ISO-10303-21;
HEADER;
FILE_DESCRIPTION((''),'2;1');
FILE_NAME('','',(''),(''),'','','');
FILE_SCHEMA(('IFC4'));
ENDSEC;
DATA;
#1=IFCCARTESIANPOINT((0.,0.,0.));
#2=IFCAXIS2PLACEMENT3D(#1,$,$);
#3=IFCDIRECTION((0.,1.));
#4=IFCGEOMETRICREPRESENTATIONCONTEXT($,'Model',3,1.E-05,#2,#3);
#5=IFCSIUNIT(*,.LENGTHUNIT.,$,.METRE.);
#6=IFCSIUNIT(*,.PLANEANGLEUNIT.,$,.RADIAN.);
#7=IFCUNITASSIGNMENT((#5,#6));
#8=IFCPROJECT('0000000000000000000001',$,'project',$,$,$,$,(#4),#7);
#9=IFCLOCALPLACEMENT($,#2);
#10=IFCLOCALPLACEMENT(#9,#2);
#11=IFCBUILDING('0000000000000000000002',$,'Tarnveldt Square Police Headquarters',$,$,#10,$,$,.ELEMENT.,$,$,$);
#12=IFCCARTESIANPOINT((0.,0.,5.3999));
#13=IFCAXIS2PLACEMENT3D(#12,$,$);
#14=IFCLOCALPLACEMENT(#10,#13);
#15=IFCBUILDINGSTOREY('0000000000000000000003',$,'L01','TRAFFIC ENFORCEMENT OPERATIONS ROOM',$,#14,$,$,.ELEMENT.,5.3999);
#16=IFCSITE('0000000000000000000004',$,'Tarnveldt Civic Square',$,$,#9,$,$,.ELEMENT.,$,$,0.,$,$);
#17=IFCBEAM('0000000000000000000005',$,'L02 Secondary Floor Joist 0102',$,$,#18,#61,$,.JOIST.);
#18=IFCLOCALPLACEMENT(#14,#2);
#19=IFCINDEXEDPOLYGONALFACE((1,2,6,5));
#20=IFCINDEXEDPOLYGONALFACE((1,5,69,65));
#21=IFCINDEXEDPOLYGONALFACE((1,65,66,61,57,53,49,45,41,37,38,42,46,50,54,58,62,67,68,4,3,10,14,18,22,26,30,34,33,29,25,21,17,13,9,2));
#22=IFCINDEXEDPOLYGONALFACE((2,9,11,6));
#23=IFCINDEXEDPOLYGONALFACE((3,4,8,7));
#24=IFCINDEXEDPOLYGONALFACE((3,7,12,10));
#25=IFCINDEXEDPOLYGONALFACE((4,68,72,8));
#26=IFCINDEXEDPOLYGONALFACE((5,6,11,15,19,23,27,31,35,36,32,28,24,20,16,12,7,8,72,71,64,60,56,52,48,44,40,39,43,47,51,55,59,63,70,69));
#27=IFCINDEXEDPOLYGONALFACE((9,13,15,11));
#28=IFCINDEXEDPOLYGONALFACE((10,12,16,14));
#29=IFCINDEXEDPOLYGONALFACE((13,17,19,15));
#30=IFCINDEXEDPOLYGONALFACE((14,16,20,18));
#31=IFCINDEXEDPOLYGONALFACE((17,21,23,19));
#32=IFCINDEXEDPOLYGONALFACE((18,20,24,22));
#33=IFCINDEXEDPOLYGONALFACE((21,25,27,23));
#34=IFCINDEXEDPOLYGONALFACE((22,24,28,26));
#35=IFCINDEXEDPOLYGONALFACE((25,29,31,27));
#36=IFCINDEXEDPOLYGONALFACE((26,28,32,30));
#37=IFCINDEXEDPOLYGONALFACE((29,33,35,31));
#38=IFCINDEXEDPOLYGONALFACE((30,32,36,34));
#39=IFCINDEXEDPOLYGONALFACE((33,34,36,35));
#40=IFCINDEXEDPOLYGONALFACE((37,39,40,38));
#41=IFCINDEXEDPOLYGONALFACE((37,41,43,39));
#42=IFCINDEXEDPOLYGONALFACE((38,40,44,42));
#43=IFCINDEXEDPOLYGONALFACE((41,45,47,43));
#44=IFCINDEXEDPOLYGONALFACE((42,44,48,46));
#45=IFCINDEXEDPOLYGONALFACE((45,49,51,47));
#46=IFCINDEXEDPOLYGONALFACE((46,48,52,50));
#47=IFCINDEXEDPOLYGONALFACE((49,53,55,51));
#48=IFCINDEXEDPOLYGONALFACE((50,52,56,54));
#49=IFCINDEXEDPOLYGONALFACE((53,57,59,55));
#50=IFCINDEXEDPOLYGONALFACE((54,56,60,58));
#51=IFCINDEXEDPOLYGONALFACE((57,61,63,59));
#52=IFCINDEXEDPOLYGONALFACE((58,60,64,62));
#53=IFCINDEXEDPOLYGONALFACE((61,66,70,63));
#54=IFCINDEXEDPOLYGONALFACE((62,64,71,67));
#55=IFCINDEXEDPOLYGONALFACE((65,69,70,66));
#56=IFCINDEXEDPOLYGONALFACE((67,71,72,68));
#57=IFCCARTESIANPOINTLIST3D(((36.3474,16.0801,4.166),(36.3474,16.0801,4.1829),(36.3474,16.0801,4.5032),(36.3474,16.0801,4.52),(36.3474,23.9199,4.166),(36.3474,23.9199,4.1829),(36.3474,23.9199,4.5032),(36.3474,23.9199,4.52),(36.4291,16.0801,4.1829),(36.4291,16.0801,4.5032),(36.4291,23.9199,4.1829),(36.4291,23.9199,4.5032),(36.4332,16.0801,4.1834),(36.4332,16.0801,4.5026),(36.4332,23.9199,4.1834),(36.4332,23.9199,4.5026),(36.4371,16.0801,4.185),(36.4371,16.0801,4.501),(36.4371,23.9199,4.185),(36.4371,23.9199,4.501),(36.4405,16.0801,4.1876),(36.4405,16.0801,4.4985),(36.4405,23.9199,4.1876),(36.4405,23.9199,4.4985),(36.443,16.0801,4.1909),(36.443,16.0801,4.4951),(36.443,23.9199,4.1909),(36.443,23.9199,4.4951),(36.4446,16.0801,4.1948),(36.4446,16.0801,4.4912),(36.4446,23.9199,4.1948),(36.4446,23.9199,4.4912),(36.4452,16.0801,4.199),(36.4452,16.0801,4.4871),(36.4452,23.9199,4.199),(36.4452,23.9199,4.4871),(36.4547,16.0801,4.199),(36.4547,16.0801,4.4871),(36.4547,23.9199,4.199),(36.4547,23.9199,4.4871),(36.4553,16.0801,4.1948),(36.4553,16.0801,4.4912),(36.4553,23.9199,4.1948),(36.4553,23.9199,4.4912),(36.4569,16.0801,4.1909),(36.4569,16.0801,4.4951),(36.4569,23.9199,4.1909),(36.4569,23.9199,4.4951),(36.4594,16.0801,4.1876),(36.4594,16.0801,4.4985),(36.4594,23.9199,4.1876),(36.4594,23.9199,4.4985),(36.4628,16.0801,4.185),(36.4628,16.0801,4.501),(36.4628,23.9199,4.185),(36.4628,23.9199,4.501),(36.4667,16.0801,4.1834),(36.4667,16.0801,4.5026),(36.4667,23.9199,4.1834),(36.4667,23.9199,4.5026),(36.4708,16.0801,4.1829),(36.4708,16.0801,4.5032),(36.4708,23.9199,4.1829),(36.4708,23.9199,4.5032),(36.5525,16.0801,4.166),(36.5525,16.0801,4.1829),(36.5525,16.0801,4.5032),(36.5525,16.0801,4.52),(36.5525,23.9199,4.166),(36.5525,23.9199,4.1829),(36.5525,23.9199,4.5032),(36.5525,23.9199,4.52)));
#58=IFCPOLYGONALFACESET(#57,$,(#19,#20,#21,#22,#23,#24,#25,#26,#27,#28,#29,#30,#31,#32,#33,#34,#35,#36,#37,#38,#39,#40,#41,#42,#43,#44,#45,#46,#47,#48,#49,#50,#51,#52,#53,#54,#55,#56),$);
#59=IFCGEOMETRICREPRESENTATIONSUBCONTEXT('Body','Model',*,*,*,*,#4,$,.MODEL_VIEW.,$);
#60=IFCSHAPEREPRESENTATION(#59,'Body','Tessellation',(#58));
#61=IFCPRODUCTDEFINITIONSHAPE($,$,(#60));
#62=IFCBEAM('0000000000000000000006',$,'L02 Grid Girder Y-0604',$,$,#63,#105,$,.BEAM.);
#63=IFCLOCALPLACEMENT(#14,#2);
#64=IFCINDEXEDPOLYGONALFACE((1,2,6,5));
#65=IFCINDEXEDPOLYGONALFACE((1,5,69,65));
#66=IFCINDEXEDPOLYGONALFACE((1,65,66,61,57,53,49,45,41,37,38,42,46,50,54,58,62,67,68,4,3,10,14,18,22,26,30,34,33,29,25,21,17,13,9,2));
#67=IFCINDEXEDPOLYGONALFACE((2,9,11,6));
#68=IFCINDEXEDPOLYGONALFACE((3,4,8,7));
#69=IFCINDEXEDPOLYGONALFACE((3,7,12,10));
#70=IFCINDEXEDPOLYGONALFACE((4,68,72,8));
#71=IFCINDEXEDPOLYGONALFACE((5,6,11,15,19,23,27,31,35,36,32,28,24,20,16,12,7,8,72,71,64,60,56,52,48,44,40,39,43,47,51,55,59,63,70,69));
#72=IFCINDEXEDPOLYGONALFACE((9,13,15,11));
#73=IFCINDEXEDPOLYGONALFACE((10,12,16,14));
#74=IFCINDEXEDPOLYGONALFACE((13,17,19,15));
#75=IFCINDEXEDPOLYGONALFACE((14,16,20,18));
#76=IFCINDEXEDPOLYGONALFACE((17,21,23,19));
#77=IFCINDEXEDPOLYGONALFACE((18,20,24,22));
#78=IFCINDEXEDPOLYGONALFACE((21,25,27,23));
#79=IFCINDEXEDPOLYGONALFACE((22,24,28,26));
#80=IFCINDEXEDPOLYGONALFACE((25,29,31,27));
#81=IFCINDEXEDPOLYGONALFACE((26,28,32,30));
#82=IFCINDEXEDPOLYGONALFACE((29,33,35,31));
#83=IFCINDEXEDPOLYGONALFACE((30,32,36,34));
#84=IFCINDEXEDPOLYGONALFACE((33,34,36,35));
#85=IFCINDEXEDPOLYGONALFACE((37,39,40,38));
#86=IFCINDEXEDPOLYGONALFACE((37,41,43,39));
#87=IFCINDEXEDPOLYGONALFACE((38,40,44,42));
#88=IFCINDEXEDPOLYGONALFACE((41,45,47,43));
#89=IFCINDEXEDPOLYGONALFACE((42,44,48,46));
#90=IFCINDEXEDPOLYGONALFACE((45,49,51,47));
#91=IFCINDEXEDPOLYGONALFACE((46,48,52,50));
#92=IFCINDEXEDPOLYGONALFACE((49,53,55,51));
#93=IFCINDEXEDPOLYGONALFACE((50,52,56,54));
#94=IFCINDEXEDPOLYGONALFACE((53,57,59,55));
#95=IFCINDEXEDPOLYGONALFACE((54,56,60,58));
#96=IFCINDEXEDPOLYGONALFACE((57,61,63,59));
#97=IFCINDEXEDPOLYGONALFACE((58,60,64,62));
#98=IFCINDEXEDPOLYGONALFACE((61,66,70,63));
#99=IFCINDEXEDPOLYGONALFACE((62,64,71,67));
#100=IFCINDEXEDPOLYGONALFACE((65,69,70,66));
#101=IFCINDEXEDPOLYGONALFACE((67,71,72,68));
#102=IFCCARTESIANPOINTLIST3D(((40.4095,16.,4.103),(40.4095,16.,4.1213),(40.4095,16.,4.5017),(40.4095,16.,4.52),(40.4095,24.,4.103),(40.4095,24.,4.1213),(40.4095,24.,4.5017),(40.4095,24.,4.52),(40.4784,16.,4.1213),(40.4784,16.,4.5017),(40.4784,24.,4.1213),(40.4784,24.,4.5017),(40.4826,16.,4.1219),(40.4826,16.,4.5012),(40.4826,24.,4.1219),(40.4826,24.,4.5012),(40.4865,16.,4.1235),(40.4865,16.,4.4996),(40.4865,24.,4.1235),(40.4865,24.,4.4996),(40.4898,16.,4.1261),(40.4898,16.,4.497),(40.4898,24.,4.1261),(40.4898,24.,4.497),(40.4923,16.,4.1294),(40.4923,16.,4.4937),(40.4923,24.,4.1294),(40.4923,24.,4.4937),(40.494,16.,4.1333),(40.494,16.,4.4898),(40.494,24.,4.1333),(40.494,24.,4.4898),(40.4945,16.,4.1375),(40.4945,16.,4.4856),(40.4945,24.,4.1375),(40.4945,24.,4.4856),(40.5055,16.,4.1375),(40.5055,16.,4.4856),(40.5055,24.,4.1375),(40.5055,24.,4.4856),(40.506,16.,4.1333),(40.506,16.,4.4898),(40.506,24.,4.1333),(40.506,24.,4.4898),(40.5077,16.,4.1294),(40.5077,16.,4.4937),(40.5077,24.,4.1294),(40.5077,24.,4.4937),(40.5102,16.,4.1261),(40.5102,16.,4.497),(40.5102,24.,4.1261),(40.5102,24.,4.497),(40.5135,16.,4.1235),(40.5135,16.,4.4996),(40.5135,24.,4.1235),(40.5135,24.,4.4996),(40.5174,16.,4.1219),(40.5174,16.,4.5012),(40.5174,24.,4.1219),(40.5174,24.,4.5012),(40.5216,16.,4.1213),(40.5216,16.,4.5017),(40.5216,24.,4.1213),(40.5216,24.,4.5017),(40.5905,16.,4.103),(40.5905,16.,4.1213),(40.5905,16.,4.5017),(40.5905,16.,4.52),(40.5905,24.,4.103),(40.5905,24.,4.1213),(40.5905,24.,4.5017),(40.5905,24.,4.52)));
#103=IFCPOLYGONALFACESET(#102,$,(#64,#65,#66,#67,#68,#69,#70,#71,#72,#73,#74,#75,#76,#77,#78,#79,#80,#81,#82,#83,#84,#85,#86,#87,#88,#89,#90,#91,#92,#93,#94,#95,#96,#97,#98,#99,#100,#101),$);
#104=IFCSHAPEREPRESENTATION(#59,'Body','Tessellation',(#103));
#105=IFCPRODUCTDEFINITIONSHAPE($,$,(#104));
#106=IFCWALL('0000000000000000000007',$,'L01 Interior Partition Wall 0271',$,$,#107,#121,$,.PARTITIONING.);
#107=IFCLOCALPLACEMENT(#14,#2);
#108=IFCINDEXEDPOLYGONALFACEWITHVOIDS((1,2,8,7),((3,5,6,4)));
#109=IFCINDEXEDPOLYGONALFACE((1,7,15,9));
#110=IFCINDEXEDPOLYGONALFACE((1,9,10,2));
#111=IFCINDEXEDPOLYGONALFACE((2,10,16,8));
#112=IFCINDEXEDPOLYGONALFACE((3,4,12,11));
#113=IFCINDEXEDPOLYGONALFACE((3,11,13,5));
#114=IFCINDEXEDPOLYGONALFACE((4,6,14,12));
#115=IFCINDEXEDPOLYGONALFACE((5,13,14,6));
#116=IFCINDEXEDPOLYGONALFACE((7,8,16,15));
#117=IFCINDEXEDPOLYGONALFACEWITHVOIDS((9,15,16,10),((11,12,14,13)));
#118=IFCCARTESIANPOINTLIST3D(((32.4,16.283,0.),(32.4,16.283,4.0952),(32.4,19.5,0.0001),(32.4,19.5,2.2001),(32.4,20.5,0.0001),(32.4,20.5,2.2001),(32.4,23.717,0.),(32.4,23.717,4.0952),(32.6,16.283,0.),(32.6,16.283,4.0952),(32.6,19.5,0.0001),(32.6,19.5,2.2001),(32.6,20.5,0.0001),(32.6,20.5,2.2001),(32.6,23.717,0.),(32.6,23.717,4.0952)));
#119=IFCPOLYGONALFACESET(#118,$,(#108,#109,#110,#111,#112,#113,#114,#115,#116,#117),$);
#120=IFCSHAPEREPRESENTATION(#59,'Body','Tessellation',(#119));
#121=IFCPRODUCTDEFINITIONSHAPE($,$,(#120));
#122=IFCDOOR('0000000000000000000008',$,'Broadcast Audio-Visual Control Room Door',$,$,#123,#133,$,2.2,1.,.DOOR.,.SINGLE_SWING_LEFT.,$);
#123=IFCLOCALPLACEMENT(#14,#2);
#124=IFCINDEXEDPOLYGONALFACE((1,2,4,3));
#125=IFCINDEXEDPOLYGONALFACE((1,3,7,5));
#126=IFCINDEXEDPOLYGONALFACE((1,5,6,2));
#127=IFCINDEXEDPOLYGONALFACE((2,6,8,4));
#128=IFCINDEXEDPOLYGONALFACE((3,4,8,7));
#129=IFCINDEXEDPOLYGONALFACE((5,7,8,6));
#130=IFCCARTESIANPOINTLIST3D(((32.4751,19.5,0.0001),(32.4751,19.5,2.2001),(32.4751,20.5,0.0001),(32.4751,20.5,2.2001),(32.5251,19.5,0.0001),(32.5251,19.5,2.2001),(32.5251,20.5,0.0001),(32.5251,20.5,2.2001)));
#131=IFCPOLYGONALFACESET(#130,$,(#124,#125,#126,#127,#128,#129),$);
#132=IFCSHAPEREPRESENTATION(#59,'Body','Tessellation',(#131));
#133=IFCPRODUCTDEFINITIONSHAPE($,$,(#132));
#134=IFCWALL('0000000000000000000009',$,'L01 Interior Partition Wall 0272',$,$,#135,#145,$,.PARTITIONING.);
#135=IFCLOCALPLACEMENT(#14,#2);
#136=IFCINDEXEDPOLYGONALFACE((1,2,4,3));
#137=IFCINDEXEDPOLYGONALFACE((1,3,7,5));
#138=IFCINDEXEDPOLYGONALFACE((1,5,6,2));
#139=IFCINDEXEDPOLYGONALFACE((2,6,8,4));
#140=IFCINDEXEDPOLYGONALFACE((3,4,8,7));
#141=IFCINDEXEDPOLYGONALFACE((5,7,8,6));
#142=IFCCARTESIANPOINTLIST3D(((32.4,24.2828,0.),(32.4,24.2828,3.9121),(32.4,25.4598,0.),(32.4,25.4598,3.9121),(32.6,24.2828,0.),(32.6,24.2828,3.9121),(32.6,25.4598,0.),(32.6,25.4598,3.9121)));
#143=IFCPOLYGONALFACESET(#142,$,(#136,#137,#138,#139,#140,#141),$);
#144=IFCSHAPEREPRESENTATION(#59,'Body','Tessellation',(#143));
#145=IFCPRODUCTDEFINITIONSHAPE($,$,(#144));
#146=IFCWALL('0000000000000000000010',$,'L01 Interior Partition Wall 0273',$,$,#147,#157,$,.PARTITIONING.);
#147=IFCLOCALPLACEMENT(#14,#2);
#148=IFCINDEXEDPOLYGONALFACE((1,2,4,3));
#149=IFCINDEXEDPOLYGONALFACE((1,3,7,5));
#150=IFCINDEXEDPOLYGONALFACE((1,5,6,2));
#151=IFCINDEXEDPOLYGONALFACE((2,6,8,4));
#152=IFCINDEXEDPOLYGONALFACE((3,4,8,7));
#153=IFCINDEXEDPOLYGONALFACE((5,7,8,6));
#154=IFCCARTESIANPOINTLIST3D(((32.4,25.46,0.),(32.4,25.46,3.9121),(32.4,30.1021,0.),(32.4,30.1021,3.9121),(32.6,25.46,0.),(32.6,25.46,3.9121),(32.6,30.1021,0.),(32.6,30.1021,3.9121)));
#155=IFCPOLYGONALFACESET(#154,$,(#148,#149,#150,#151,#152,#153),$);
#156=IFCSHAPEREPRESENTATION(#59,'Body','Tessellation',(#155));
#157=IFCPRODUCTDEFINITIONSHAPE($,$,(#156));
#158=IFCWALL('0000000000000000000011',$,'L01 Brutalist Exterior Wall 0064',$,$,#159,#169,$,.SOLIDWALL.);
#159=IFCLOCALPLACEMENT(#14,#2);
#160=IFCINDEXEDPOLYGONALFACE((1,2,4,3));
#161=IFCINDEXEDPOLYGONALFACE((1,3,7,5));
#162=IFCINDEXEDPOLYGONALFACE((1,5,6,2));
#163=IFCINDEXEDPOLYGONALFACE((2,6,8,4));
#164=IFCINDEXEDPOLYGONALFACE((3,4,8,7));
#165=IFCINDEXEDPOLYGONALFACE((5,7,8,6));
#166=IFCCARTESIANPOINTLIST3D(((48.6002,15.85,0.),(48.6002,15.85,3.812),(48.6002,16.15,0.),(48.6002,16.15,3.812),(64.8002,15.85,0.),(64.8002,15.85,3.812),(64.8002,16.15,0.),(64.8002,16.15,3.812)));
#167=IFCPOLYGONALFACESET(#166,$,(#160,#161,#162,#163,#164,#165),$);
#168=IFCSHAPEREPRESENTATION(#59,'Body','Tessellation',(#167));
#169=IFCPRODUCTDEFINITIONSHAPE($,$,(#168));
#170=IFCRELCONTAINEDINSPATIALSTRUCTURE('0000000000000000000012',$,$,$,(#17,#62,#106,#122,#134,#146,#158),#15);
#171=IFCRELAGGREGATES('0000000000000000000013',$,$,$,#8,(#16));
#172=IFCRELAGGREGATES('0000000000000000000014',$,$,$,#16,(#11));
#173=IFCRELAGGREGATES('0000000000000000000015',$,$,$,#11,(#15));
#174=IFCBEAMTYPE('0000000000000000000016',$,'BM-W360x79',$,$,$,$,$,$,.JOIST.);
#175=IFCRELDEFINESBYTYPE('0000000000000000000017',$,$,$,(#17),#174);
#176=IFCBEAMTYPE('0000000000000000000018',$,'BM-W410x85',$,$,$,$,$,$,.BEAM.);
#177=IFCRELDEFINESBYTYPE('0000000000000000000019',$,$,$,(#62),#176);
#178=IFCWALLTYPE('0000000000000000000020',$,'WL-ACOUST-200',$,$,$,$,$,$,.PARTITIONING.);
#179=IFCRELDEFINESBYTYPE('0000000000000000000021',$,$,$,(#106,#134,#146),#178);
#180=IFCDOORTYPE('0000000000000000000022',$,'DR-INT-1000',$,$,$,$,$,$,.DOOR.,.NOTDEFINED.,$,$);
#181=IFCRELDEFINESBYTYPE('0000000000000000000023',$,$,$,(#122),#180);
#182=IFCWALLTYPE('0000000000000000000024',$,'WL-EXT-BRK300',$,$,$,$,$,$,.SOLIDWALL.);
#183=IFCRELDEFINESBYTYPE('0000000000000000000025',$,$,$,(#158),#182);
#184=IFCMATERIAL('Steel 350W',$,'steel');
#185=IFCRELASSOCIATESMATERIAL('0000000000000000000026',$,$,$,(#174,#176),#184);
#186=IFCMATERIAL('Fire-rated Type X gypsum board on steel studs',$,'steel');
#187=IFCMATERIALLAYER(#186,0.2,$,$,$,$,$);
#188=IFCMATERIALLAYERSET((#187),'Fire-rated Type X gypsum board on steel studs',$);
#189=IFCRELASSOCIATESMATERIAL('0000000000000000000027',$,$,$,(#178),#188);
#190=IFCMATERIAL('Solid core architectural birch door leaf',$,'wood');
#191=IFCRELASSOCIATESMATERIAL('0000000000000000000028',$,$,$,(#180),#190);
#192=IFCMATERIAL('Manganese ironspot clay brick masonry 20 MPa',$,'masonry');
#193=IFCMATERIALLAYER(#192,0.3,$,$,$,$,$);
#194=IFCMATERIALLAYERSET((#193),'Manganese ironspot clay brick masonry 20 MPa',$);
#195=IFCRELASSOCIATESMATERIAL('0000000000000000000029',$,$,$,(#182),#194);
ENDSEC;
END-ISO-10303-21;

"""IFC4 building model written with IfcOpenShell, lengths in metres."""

from ifc_helpers import new_model, si_unit, direction, frame, frame_2d, origin, origin_2d, place, context, subcontext, project, spatial, rectangle, i_section, extrude, material, layer, layer_set, material_profile, profile_set, type_object, element, fill, save


model = new_model("IFC4")

# Units and contexts
model_context = context("Model", 3, precision=1e-05, world=origin(), true_north=direction((0.0, 1.0)))
body_context = subcontext(model_context, "Body", "Model", "MODEL_VIEW")
ifc_project = project(units=[si_unit("LENGTHUNIT", "METRE"), si_unit("PLANEANGLEUNIT", "RADIAN")], contexts=[model_context])

# Site, building, storey
site_placement = place(None, origin())
site = spatial("IfcSite", under=ifc_project, at=site_placement, Name="Tarnveldt Civic Square", CompositionType="ELEMENT", RefElevation=0.0)
building_placement = place(site_placement, origin())
building = spatial("IfcBuilding", under=site, at=building_placement, Name="Tarnveldt Square Police Headquarters", CompositionType="ELEMENT")
storey_placement = place(building_placement, frame((0.0, 0.0, 5.3999)))
storey = spatial("IfcBuildingStorey", under=building, at=storey_placement, Name="L01", Description="TRAFFIC ENFORCEMENT OPERATIONS ROOM", CompositionType="ELEMENT", Elevation=5.3999)

# Beams
ifc_material_1 = material(Name="Steel 350W", Category="steel")
ifc_material_profile_1 = material_profile(ifc_material_1, i_section(OverallWidth=0.2051, OverallDepth=0.354, WebThickness=0.0095, FlangeThickness=0.0168, FilletRadius=0.0161, at=origin_2d()), Name="W360x79")
ifc_profile_set_1 = profile_set([ifc_material_profile_1], Name="Steel 350W")
beam_type_1 = type_object("IfcBeamType", Name="BM-W360x79", PredefinedType="JOIST", material=ifc_profile_set_1)
beam_1_placement = place(storey_placement, frame((36.45, 16.0801, 4.343), z_axis=(0.0, 1.0, 0.0), x_axis=(-1.0, 0.0, 0.0)))
element("IfcBeam", 1, at=beam_1_placement, inside=storey, type_object=beam_type_1, Name="L02 Secondary Floor Joist 0102", PredefinedType="JOIST", context=body_context, shape_type="SweptSolid", body=[
    extrude(i_section(OverallWidth=0.2051, OverallDepth=0.354, WebThickness=0.0095, FlangeThickness=0.0168, FilletRadius=0.0161, at=origin_2d()), origin(), (0.0, 0.0, 1.0), 7.8398),
])
ifc_material_profile_2 = material_profile(ifc_material_1, i_section(OverallWidth=0.1809, OverallDepth=0.417, WebThickness=0.011, FlangeThickness=0.0183, FilletRadius=0.0161, at=origin_2d()), Name="W410x85")
ifc_profile_set_2 = profile_set([ifc_material_profile_2], Name="Steel 350W")
beam_type_2 = type_object("IfcBeamType", Name="BM-W410x85", PredefinedType="BEAM", material=ifc_profile_set_2)
beam_2_placement = place(storey_placement, frame((40.5, 16.0, 4.3115), z_axis=(0.0, 1.0, 0.0), x_axis=(-1.0, 0.0, 0.0)))
element("IfcBeam", 2, at=beam_2_placement, inside=storey, type_object=beam_type_2, Name="L02 Grid Girder Y-0604", PredefinedType="BEAM", context=body_context, shape_type="SweptSolid", body=[
    extrude(i_section(OverallWidth=0.1809, OverallDepth=0.417, WebThickness=0.011, FlangeThickness=0.0183, FilletRadius=0.0161, at=origin_2d()), origin(), (0.0, 0.0, 1.0), 8.0),
])

# Wall, opening, door
ifc_material_2 = material(Name="Fire-rated Type X gypsum board on steel studs", Category="steel")
ifc_layer_1 = layer(ifc_material_2, 0.2)
ifc_layer_set_1 = layer_set([ifc_layer_1], Name="Fire-rated Type X gypsum board on steel studs")
wall_type_1 = type_object("IfcWallType", Name="WL-ACOUST-200", PredefinedType="PARTITIONING", material=ifc_layer_set_1)
wall_1_placement = place(storey_placement, frame((32.5, 16.283, 0.0), z_axis=(0.0, 0.0, 1.0), x_axis=(0.0, 1.0, 0.0)))
wall_1 = element("IfcWall", 3, at=wall_1_placement, inside=storey, type_object=wall_type_1, Name="L01 Interior Partition Wall 0271", PredefinedType="PARTITIONING", context=body_context, shape_type="SweptSolid", body=[
    extrude(rectangle(XDim=7.4341, YDim=0.2, at=frame_2d((3.717, 0.0))), origin(), (0.0, 0.0, 1.0), 4.0952),
])
opening_1_placement = place(wall_1_placement, frame((3.217, 0.0, 0.0)))
opening_1 = element("IfcOpeningElement", 4, at=opening_1_placement, cuts=wall_1, PredefinedType="OPENING", context=body_context, shape_type="SweptSolid", body=[
    extrude(rectangle(XDim=1.0, YDim=2.2, at=frame_2d((0.5, 1.1001))), frame((0.0, 0.1099, 0.0), z_axis=(0.0, -1.0, 0.0), x_axis=(1.0, 0.0, 0.0)), (0.0, 0.0, 1.0), 0.22),
])
ifc_material_3 = material(Name="Solid core architectural birch door leaf", Category="wood")
door_type_1 = type_object("IfcDoorType", Name="DR-INT-1000", OperationType="NOTDEFINED", PredefinedType="DOOR", material=ifc_material_3)
door_1_placement = place(opening_1_placement, origin())
door_1 = element("IfcDoor", 5, at=door_1_placement, inside=storey, type_object=door_type_1, Name="Broadcast Audio-Visual Control Room Door", OperationType="SINGLE_SWING_LEFT", OverallHeight=2.2, OverallWidth=1.0, PredefinedType="DOOR", context=body_context, shape_type="SweptSolid", body=[
    extrude(rectangle(XDim=1.0, YDim=2.2, at=frame_2d((0.5, 1.1001))), frame((0.0, 0.0249, 0.0), z_axis=(0.0, -1.0, 0.0), x_axis=(1.0, 0.0, 0.0)), (0.0, 0.0, 1.0), 0.05),
])
fill(opening_1, door_1)

# Walls
wall_2_placement = place(storey_placement, frame((32.5, 24.283, 0.0), z_axis=(0.0, 0.0, 1.0), x_axis=(0.0, 1.0, 0.0)))
element("IfcWall", 6, at=wall_2_placement, inside=storey, type_object=wall_type_1, Name="L01 Interior Partition Wall 0272", PredefinedType="PARTITIONING", context=body_context, shape_type="SweptSolid", body=[
    extrude(rectangle(XDim=1.177, YDim=0.2, at=frame_2d((0.5884, 0.0))), origin(), (0.0, 0.0, 1.0), 3.9121),
])
wall_3_placement = place(storey_placement, frame((32.5, 25.46, 0.0), z_axis=(0.0, 0.0, 1.0), x_axis=(0.0, 1.0, 0.0)))
element("IfcWall", 7, at=wall_3_placement, inside=storey, type_object=wall_type_1, Name="L01 Interior Partition Wall 0273", PredefinedType="PARTITIONING", context=body_context, shape_type="SweptSolid", body=[
    extrude(rectangle(XDim=4.6421, YDim=0.2, at=frame_2d((2.321, 0.0))), origin(), (0.0, 0.0, 1.0), 3.9121),
])
ifc_material_4 = material(Name="Manganese ironspot clay brick masonry 20 MPa", Category="masonry")
ifc_layer_2 = layer(ifc_material_4, 0.3)
ifc_layer_set_2 = layer_set([ifc_layer_2], Name="Manganese ironspot clay brick masonry 20 MPa")
wall_type_2 = type_object("IfcWallType", Name="WL-EXT-BRK300", PredefinedType="SOLIDWALL", material=ifc_layer_set_2)
wall_4_placement = place(storey_placement, frame((48.6001, 16.0, 0.0), z_axis=(0.0, 0.0, 1.0), x_axis=(1.0, 0.0, 0.0)))
element("IfcWall", 8, at=wall_4_placement, inside=storey, type_object=wall_type_2, Name="L01 Brutalist Exterior Wall 0064", PredefinedType="SOLIDWALL", context=body_context, shape_type="SweptSolid", body=[
    extrude(rectangle(XDim=16.2, YDim=0.3, at=frame_2d((8.1001, 0.0))), origin(), (0.0, 0.0, 1.0), 3.812),
])

save(model, "model.ifc")
